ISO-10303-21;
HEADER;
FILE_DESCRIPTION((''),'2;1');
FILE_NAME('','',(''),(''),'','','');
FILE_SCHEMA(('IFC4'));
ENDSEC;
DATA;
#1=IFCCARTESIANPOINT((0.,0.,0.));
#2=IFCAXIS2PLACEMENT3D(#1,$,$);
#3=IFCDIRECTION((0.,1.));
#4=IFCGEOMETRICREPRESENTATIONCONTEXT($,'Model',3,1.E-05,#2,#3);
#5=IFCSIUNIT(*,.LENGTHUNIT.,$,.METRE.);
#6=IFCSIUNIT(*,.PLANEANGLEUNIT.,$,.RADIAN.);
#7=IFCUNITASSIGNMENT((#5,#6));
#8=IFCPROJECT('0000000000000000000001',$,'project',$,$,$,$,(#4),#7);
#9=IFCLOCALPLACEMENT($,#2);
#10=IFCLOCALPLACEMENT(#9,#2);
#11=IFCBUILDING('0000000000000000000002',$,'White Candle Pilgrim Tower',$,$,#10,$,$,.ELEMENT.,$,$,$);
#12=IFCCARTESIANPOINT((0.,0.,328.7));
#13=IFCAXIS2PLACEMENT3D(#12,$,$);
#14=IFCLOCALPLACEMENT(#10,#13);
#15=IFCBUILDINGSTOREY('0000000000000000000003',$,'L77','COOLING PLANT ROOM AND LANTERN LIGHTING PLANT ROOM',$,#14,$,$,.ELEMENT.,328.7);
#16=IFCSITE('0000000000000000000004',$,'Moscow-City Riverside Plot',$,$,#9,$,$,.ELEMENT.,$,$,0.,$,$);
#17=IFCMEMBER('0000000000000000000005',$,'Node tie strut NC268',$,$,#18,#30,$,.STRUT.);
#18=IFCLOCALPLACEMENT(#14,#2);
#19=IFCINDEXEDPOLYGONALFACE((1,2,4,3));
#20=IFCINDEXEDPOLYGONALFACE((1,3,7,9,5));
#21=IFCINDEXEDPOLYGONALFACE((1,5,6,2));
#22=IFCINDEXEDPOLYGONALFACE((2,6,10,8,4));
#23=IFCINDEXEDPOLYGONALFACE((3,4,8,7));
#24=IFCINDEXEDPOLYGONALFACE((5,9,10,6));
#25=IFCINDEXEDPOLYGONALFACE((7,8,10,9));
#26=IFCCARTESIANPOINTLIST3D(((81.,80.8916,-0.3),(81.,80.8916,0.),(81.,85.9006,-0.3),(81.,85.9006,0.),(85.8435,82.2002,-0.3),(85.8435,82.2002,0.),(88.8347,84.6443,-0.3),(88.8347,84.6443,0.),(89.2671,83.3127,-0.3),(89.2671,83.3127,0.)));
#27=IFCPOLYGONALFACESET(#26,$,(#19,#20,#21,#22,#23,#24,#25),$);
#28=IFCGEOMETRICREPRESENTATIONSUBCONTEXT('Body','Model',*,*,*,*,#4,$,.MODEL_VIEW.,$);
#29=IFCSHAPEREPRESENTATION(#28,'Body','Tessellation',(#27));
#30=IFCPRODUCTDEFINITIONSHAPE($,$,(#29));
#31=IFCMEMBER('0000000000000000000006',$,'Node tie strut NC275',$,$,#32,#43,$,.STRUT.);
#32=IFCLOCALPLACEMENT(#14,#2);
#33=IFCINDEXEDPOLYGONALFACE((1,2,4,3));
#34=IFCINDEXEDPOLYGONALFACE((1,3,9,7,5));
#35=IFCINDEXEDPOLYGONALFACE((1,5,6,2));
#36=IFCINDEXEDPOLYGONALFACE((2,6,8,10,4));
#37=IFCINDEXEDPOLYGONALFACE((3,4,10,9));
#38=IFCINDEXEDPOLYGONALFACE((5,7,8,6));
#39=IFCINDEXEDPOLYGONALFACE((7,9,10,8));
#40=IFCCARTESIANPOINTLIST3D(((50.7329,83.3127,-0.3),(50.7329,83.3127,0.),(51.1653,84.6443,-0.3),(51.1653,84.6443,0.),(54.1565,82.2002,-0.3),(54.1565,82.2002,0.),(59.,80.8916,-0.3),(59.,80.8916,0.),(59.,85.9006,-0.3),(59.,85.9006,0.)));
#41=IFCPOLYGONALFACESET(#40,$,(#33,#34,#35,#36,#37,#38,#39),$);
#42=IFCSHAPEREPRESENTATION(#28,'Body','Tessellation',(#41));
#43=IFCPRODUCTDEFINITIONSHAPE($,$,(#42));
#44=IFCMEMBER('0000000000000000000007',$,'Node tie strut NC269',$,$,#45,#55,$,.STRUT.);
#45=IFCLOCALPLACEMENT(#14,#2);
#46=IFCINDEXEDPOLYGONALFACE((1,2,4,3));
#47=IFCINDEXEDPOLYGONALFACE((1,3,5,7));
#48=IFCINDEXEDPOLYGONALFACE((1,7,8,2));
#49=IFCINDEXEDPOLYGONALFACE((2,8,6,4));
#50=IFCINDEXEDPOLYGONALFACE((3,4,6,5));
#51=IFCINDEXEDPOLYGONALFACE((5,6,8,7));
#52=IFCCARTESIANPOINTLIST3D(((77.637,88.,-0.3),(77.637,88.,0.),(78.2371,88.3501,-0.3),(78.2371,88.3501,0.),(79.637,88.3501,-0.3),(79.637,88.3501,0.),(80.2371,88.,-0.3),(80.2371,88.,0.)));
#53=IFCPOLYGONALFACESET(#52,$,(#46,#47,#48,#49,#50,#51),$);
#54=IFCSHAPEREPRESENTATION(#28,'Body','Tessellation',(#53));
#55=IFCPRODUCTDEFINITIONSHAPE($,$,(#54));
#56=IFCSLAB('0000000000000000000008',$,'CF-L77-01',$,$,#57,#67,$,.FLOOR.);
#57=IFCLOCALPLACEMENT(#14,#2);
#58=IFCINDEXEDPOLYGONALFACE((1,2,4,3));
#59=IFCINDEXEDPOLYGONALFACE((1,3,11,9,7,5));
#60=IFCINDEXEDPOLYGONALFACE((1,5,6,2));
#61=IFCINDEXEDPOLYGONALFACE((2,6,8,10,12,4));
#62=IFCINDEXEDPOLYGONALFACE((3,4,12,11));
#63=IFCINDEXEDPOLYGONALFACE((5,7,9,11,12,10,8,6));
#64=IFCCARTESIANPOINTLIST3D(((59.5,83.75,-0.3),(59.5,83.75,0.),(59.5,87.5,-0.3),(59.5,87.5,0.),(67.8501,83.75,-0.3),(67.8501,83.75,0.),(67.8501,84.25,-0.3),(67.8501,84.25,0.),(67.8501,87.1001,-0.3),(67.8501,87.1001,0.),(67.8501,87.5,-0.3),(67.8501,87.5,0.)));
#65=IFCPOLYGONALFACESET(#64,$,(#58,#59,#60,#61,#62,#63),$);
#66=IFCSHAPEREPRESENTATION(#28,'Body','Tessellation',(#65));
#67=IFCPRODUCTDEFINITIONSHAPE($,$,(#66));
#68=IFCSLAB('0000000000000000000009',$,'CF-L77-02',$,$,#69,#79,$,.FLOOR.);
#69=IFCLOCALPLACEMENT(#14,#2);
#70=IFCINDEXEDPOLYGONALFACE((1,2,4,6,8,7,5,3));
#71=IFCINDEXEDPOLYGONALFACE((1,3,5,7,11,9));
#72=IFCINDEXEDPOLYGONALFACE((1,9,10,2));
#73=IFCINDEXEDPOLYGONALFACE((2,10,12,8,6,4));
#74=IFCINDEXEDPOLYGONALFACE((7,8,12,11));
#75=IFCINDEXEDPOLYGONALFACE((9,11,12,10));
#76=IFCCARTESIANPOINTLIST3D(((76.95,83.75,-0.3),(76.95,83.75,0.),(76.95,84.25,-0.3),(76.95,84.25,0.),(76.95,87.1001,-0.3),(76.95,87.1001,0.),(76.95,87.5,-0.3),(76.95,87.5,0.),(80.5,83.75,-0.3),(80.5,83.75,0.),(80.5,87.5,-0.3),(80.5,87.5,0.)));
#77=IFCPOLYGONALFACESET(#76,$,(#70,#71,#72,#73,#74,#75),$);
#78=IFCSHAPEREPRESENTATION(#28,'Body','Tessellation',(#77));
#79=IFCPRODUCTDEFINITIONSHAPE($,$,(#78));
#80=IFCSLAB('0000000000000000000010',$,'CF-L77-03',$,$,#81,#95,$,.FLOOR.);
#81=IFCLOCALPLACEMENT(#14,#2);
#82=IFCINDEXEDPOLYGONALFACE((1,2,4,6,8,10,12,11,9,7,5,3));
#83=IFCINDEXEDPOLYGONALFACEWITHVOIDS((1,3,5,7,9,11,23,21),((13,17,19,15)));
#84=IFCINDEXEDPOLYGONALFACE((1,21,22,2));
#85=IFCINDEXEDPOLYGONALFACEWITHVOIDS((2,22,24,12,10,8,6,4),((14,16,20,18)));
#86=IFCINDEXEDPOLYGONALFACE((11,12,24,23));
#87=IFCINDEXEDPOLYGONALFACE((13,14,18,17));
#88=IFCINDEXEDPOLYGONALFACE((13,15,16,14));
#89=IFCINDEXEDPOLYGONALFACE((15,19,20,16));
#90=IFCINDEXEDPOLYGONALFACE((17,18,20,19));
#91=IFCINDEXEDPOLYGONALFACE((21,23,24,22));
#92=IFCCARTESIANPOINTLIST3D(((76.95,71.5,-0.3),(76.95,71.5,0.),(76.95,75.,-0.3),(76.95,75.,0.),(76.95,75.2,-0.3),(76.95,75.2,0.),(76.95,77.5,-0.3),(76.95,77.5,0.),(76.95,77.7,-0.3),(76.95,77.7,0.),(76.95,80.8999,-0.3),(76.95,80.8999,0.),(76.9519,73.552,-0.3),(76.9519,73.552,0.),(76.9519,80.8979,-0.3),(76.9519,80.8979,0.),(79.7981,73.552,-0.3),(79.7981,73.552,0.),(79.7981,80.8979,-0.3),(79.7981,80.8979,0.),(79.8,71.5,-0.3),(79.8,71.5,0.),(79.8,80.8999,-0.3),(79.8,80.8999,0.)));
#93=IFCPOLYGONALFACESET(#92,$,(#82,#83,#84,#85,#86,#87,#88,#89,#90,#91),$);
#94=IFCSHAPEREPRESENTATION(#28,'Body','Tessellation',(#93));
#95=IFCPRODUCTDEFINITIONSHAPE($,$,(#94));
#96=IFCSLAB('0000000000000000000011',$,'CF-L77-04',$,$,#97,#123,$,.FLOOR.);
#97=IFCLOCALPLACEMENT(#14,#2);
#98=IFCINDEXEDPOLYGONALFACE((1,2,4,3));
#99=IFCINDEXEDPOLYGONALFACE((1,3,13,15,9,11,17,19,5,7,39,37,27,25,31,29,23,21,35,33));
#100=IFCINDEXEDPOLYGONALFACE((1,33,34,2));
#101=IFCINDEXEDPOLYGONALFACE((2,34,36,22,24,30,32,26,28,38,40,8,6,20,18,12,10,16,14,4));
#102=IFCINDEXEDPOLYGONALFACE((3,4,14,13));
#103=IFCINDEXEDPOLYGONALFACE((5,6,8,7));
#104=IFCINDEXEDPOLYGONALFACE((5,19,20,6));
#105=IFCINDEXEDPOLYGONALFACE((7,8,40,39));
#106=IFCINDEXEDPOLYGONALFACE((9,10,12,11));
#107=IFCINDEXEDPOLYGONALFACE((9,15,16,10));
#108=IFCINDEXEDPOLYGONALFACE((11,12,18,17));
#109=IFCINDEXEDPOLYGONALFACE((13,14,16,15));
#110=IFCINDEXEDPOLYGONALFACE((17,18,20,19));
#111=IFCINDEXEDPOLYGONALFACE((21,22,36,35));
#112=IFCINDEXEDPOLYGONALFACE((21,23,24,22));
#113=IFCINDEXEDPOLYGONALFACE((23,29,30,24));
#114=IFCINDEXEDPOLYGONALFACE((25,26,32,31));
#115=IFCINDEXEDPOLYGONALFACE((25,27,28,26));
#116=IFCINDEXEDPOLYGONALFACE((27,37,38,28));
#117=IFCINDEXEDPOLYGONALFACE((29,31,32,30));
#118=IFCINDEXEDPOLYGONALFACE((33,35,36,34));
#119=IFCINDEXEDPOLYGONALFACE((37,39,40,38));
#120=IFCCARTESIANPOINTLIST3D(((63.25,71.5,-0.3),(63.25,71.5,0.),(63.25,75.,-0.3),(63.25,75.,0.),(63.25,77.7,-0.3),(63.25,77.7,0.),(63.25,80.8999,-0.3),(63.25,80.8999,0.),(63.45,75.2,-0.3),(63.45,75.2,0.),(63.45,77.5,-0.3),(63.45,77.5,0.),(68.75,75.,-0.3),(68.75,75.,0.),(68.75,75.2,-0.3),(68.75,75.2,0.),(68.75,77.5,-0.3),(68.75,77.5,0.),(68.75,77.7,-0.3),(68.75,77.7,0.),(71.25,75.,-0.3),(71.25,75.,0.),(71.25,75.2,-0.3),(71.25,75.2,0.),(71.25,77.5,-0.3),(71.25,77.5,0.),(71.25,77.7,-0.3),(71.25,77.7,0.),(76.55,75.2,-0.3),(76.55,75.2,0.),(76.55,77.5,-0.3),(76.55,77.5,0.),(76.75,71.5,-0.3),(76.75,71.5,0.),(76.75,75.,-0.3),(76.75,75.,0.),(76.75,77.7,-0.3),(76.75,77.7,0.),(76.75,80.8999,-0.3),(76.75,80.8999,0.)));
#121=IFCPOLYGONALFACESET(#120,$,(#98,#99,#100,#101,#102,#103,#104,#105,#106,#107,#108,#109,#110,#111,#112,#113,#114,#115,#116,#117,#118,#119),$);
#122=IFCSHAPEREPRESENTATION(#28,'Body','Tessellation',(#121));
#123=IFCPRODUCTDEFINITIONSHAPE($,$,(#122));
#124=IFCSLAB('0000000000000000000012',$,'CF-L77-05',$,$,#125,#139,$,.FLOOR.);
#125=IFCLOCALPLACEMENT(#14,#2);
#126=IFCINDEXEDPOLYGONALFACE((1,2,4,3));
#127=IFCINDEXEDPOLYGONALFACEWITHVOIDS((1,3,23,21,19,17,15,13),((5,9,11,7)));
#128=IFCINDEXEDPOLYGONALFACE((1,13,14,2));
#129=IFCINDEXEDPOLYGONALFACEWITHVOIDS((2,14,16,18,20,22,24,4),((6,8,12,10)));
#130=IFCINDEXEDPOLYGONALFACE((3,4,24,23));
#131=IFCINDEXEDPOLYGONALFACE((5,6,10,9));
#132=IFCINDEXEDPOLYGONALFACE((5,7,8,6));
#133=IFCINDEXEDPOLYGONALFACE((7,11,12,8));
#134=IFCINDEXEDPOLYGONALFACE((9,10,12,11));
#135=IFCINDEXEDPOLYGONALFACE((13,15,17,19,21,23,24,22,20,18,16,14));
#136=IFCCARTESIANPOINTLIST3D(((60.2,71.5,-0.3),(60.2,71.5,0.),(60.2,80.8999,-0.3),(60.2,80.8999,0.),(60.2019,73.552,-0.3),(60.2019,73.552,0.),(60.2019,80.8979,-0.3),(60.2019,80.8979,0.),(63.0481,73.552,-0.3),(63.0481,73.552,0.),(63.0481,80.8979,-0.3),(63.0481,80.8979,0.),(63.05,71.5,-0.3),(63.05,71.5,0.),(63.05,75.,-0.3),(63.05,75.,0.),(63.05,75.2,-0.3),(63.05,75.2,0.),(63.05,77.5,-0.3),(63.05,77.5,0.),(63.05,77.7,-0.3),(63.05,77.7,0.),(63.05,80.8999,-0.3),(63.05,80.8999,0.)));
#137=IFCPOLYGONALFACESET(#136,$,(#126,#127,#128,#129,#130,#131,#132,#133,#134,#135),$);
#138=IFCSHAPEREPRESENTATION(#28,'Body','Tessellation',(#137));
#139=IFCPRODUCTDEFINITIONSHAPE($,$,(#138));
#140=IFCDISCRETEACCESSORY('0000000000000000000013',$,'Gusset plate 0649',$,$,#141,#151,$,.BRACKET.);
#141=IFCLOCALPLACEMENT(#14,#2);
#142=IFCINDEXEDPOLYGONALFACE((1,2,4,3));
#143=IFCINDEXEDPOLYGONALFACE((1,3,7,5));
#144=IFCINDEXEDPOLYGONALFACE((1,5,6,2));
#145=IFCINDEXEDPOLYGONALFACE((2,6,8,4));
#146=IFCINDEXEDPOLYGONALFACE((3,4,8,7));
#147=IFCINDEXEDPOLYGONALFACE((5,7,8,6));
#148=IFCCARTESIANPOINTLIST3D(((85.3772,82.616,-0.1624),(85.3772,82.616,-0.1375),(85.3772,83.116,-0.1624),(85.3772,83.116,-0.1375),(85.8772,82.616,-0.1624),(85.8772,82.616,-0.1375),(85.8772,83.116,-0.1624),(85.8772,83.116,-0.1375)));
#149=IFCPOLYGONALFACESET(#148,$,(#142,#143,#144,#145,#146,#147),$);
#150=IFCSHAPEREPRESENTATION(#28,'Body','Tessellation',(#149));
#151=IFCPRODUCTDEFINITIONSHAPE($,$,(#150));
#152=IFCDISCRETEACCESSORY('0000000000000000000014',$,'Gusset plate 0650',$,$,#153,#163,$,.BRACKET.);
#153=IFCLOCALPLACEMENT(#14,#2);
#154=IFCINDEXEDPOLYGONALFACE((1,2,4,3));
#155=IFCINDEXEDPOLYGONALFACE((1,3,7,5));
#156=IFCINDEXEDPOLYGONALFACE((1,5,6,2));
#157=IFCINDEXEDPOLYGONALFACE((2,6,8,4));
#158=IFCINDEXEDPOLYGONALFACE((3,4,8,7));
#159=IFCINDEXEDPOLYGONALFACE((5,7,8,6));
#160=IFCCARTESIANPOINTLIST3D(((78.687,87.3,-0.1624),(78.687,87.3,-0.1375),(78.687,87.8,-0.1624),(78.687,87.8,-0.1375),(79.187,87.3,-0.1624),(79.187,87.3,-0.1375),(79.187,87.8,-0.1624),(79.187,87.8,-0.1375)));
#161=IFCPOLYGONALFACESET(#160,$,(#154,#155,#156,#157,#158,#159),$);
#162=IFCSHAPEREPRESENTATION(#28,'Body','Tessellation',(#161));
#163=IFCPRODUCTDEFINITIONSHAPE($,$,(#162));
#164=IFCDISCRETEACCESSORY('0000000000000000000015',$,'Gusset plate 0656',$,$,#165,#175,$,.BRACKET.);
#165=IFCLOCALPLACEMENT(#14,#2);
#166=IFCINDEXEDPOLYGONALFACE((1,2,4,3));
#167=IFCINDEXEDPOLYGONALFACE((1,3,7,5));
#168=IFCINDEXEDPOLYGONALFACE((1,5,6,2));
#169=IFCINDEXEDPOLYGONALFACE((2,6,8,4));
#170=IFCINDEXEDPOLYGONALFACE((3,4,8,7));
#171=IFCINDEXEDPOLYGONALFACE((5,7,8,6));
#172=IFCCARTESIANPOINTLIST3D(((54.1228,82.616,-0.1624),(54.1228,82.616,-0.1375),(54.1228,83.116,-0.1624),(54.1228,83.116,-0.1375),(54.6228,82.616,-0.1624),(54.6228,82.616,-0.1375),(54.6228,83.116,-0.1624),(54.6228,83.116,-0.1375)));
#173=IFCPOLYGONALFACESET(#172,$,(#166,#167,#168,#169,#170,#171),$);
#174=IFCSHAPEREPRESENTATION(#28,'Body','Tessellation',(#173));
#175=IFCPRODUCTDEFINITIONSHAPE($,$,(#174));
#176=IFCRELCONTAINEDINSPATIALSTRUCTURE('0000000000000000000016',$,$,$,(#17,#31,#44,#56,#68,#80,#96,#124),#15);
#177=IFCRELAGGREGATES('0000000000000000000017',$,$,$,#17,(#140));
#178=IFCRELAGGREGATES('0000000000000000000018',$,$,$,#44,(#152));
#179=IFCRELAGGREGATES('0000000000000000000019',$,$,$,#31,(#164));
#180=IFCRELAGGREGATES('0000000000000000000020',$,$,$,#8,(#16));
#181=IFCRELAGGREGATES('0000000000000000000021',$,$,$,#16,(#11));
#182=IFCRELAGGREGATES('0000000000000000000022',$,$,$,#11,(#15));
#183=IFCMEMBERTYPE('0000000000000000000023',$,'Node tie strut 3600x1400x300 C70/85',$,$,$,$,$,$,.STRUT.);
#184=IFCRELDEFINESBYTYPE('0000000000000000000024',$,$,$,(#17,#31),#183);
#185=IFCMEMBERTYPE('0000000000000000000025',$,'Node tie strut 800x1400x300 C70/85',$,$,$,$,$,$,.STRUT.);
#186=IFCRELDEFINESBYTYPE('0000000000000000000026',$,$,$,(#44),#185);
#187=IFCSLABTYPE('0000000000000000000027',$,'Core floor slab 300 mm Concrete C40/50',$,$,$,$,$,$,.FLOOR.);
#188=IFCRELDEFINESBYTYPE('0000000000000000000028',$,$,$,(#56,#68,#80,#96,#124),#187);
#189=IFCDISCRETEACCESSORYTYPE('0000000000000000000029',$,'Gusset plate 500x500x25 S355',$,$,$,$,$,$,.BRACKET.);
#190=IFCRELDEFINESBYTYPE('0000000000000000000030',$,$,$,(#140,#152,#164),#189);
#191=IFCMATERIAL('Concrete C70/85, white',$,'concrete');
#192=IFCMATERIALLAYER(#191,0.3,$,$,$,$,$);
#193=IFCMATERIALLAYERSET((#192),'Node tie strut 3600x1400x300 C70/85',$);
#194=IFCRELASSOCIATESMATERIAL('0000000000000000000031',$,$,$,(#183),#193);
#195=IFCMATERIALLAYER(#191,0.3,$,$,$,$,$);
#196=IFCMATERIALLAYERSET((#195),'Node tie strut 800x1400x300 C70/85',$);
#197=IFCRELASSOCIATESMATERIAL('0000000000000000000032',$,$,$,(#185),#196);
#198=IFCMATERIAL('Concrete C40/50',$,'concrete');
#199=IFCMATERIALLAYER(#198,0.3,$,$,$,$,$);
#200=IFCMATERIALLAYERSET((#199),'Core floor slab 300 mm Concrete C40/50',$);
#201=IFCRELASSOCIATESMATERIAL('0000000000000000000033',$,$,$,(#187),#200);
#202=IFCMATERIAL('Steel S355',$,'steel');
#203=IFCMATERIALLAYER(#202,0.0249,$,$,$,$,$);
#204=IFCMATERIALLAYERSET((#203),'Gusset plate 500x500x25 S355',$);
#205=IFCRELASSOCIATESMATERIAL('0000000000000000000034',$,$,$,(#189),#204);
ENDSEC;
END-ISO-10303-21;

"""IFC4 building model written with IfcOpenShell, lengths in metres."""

from ifc_helpers import new_model, si_unit, direction, frame, origin, origin_2d, place, context, subcontext, project, spatial, polyline, rectangle, outline, extrude, material, layer, layer_set, type_object, element, aggregate, save


model = new_model("IFC4")

# Units and contexts
model_context = context("Model", 3, precision=1e-05, world=origin(), true_north=direction((0.0, 1.0)))
body_context = subcontext(model_context, "Body", "Model", "MODEL_VIEW")
ifc_project = project(units=[si_unit("LENGTHUNIT", "METRE"), si_unit("PLANEANGLEUNIT", "RADIAN")], contexts=[model_context])

# Site, building, storey
site_placement = place(None, origin())
site = spatial("IfcSite", under=ifc_project, at=site_placement, Name="Moscow-City Riverside Plot", CompositionType="ELEMENT", RefElevation=0.0)
building_placement = place(site_placement, origin())
building = spatial("IfcBuilding", under=site, at=building_placement, Name="White Candle Pilgrim Tower", CompositionType="ELEMENT")
storey_placement = place(building_placement, frame((0.0, 0.0, 328.7)))
storey = spatial("IfcBuildingStorey", under=building, at=storey_placement, Name="L77", Description="COOLING PLANT ROOM AND LANTERN LIGHTING PLANT ROOM", CompositionType="ELEMENT", Elevation=328.7)

# Members
ifc_material_1 = material(Name="Concrete C70/85, white", Category="concrete")
ifc_layer_1 = layer(ifc_material_1, 0.3)
ifc_layer_set_1 = layer_set([ifc_layer_1], Name="Node tie strut 3600x1400x300 C70/85")
member_type_1 = type_object("IfcMemberType", Name="Node tie strut 3600x1400x300 C70/85", PredefinedType="STRUT", material=ifc_layer_set_1)
member_1_placement = place(storey_placement, frame((0.0, 0.0, -0.3)))
member_1 = element("IfcMember", 1, at=member_1_placement, inside=storey, type_object=member_type_1, Name="Node tie strut NC268", PredefinedType="STRUT", context=body_context, shape_type="SweptSolid", body=[
    extrude(outline(polyline([(81.0, 80.8916), (85.8435, 82.2002), (89.2671, 83.3127), (88.8347, 84.6443), (81.0, 85.9006), (81.0, 80.8916)])), origin(), (0.0, 0.0, 1.0), 0.3),
])
member_2_placement = place(storey_placement, frame((0.0, 0.0, -0.3)))
member_2 = element("IfcMember", 2, at=member_2_placement, inside=storey, type_object=member_type_1, Name="Node tie strut NC275", PredefinedType="STRUT", context=body_context, shape_type="SweptSolid", body=[
    extrude(outline(polyline([(59.0, 80.8916), (59.0, 85.9006), (51.1653, 84.6443), (50.7329, 83.3127), (54.1565, 82.2002), (59.0, 80.8916)])), origin(), (0.0, 0.0, 1.0), 0.3),
])
ifc_layer_2 = layer(ifc_material_1, 0.3)
ifc_layer_set_2 = layer_set([ifc_layer_2], Name="Node tie strut 800x1400x300 C70/85")
member_type_2 = type_object("IfcMemberType", Name="Node tie strut 800x1400x300 C70/85", PredefinedType="STRUT", material=ifc_layer_set_2)
member_3_placement = place(storey_placement, frame((0.0, 0.0, -0.3)))
member_3 = element("IfcMember", 3, at=member_3_placement, inside=storey, type_object=member_type_2, Name="Node tie strut NC269", PredefinedType="STRUT", context=body_context, shape_type="SweptSolid", body=[
    extrude(outline(polyline([(77.637, 88.0), (80.2371, 88.0), (79.637, 88.3501), (78.2371, 88.3501), (77.637, 88.0)])), origin(), (0.0, 0.0, 1.0), 0.3),
])

# Slabs
ifc_material_2 = material(Name="Concrete C40/50", Category="concrete")
ifc_layer_3 = layer(ifc_material_2, 0.3)
ifc_layer_set_3 = layer_set([ifc_layer_3], Name="Core floor slab 300 mm Concrete C40/50")
slab_type_1 = type_object("IfcSlabType", Name="Core floor slab 300 mm Concrete C40/50", PredefinedType="FLOOR", material=ifc_layer_set_3)
slab_1_placement = place(storey_placement, frame((0.0, 0.0, -0.3)))
element("IfcSlab", 4, at=slab_1_placement, inside=storey, type_object=slab_type_1, Name="CF-L77-01", PredefinedType="FLOOR", context=body_context, shape_type="SweptSolid", body=[
    extrude(outline(polyline([(67.8501, 87.1001), (67.8501, 84.25), (67.8501, 83.75), (59.5, 83.75), (59.5, 87.5), (67.8501, 87.5), (67.8501, 87.1001)])), origin(), (0.0, 0.0, 1.0), 0.3),
])
slab_2_placement = place(storey_placement, frame((0.0, 0.0, -0.3)))
element("IfcSlab", 5, at=slab_2_placement, inside=storey, type_object=slab_type_1, Name="CF-L77-02", PredefinedType="FLOOR", context=body_context, shape_type="SweptSolid", body=[
    extrude(outline(polyline([(80.5, 83.75), (76.95, 83.75), (76.95, 84.25), (76.95, 87.1001), (76.95, 87.5), (80.5, 87.5), (80.5, 83.75)])), origin(), (0.0, 0.0, 1.0), 0.3),
])
slab_3_placement = place(storey_placement, frame((0.0, 0.0, -0.3)))
element("IfcSlab", 6, at=slab_3_placement, inside=storey, type_object=slab_type_1, Name="CF-L77-03", PredefinedType="FLOOR", context=body_context, shape_type="SweptSolid", body=[
    extrude(outline(polyline([(76.95, 75.0), (76.95, 75.2), (76.95, 77.5), (76.95, 77.7), (76.95, 80.8999), (79.8, 80.8999), (79.8, 71.5), (76.95, 71.5), (76.95, 75.0)]), holes=[polyline([(79.7981, 80.8979), (76.9519, 80.8979), (76.9519, 73.552), (79.7981, 73.552), (79.7981, 80.8979)])]), origin(), (0.0, 0.0, 1.0), 0.3),
])
slab_4_placement = place(storey_placement, frame((0.0, 0.0, -0.3)))
element("IfcSlab", 7, at=slab_4_placement, inside=storey, type_object=slab_type_1, Name="CF-L77-04", PredefinedType="FLOOR", context=body_context, shape_type="SweptSolid", body=[
    extrude(outline(polyline([(63.25, 75.0), (68.75, 75.0), (68.75, 75.2), (63.45, 75.2), (63.45, 77.5), (68.75, 77.5), (68.75, 77.7), (63.25, 77.7), (63.25, 80.8999), (76.75, 80.8999), (76.75, 77.7), (71.25, 77.7), (71.25, 77.5), (76.55, 77.5), (76.55, 75.2), (71.25, 75.2), (71.25, 75.0), (76.75, 75.0), (76.75, 71.5), (63.25, 71.5), (63.25, 75.0)])), origin(), (0.0, 0.0, 1.0), 0.3),
])
slab_5_placement = place(storey_placement, frame((0.0, 0.0, -0.3)))
element("IfcSlab", 8, at=slab_5_placement, inside=storey, type_object=slab_type_1, Name="CF-L77-05", PredefinedType="FLOOR", context=body_context, shape_type="SweptSolid", body=[
    extrude(outline(polyline([(60.2, 80.8999), (63.05, 80.8999), (63.05, 77.7), (63.05, 77.5), (63.05, 75.2), (63.05, 75.0), (63.05, 71.5), (60.2, 71.5), (60.2, 80.8999)]), holes=[polyline([(63.0481, 80.8979), (60.2019, 80.8979), (60.2019, 73.552), (63.0481, 73.552), (63.0481, 80.8979)])]), origin(), (0.0, 0.0, 1.0), 0.3),
])

# Discrete accessories
ifc_material_3 = material(Name="Steel S355", Category="steel")
ifc_layer_4 = layer(ifc_material_3, 0.0249)
ifc_layer_set_4 = layer_set([ifc_layer_4], Name="Gusset plate 500x500x25 S355")
discrete_accessory_type = type_object("IfcDiscreteAccessoryType", Name="Gusset plate 500x500x25 S355", PredefinedType="BRACKET", material=ifc_layer_set_4)
discrete_accessory_1_placement = place(storey_placement, frame((85.6272, 82.866, -0.1624), z_axis=(0.0, 0.0, 1.0), x_axis=(1.0, 0.0, 0.0)))
discrete_accessory_1 = element("IfcDiscreteAccessory", 9, at=discrete_accessory_1_placement, type_object=discrete_accessory_type, Name="Gusset plate 0649", PredefinedType="BRACKET", context=body_context, shape_type="SweptSolid", body=[
    extrude(rectangle(XDim=0.5, YDim=0.5, at=origin_2d()), origin(), (0.0, 0.0, 1.0), 0.0249),
])
aggregate(member_1, [discrete_accessory_1])
discrete_accessory_2_placement = place(storey_placement, frame((78.937, 87.55, -0.1624), z_axis=(0.0, 0.0, 1.0), x_axis=(1.0, 0.0, 0.0)))
discrete_accessory_2 = element("IfcDiscreteAccessory", 10, at=discrete_accessory_2_placement, type_object=discrete_accessory_type, Name="Gusset plate 0650", PredefinedType="BRACKET", context=body_context, shape_type="SweptSolid", body=[
    extrude(rectangle(XDim=0.5, YDim=0.5, at=origin_2d()), origin(), (0.0, 0.0, 1.0), 0.0249),
])
aggregate(member_3, [discrete_accessory_2])
discrete_accessory_3_placement = place(storey_placement, frame((54.3728, 82.866, -0.1624), z_axis=(0.0, 0.0, 1.0), x_axis=(1.0, 0.0, 0.0)))
discrete_accessory_3 = element("IfcDiscreteAccessory", 11, at=discrete_accessory_3_placement, type_object=discrete_accessory_type, Name="Gusset plate 0656", PredefinedType="BRACKET", context=body_context, shape_type="SweptSolid", body=[
    extrude(rectangle(XDim=0.5, YDim=0.5, at=origin_2d()), origin(), (0.0, 0.0, 1.0), 0.0249),
])
aggregate(member_2, [discrete_accessory_3])

save(model, "model.ifc")
